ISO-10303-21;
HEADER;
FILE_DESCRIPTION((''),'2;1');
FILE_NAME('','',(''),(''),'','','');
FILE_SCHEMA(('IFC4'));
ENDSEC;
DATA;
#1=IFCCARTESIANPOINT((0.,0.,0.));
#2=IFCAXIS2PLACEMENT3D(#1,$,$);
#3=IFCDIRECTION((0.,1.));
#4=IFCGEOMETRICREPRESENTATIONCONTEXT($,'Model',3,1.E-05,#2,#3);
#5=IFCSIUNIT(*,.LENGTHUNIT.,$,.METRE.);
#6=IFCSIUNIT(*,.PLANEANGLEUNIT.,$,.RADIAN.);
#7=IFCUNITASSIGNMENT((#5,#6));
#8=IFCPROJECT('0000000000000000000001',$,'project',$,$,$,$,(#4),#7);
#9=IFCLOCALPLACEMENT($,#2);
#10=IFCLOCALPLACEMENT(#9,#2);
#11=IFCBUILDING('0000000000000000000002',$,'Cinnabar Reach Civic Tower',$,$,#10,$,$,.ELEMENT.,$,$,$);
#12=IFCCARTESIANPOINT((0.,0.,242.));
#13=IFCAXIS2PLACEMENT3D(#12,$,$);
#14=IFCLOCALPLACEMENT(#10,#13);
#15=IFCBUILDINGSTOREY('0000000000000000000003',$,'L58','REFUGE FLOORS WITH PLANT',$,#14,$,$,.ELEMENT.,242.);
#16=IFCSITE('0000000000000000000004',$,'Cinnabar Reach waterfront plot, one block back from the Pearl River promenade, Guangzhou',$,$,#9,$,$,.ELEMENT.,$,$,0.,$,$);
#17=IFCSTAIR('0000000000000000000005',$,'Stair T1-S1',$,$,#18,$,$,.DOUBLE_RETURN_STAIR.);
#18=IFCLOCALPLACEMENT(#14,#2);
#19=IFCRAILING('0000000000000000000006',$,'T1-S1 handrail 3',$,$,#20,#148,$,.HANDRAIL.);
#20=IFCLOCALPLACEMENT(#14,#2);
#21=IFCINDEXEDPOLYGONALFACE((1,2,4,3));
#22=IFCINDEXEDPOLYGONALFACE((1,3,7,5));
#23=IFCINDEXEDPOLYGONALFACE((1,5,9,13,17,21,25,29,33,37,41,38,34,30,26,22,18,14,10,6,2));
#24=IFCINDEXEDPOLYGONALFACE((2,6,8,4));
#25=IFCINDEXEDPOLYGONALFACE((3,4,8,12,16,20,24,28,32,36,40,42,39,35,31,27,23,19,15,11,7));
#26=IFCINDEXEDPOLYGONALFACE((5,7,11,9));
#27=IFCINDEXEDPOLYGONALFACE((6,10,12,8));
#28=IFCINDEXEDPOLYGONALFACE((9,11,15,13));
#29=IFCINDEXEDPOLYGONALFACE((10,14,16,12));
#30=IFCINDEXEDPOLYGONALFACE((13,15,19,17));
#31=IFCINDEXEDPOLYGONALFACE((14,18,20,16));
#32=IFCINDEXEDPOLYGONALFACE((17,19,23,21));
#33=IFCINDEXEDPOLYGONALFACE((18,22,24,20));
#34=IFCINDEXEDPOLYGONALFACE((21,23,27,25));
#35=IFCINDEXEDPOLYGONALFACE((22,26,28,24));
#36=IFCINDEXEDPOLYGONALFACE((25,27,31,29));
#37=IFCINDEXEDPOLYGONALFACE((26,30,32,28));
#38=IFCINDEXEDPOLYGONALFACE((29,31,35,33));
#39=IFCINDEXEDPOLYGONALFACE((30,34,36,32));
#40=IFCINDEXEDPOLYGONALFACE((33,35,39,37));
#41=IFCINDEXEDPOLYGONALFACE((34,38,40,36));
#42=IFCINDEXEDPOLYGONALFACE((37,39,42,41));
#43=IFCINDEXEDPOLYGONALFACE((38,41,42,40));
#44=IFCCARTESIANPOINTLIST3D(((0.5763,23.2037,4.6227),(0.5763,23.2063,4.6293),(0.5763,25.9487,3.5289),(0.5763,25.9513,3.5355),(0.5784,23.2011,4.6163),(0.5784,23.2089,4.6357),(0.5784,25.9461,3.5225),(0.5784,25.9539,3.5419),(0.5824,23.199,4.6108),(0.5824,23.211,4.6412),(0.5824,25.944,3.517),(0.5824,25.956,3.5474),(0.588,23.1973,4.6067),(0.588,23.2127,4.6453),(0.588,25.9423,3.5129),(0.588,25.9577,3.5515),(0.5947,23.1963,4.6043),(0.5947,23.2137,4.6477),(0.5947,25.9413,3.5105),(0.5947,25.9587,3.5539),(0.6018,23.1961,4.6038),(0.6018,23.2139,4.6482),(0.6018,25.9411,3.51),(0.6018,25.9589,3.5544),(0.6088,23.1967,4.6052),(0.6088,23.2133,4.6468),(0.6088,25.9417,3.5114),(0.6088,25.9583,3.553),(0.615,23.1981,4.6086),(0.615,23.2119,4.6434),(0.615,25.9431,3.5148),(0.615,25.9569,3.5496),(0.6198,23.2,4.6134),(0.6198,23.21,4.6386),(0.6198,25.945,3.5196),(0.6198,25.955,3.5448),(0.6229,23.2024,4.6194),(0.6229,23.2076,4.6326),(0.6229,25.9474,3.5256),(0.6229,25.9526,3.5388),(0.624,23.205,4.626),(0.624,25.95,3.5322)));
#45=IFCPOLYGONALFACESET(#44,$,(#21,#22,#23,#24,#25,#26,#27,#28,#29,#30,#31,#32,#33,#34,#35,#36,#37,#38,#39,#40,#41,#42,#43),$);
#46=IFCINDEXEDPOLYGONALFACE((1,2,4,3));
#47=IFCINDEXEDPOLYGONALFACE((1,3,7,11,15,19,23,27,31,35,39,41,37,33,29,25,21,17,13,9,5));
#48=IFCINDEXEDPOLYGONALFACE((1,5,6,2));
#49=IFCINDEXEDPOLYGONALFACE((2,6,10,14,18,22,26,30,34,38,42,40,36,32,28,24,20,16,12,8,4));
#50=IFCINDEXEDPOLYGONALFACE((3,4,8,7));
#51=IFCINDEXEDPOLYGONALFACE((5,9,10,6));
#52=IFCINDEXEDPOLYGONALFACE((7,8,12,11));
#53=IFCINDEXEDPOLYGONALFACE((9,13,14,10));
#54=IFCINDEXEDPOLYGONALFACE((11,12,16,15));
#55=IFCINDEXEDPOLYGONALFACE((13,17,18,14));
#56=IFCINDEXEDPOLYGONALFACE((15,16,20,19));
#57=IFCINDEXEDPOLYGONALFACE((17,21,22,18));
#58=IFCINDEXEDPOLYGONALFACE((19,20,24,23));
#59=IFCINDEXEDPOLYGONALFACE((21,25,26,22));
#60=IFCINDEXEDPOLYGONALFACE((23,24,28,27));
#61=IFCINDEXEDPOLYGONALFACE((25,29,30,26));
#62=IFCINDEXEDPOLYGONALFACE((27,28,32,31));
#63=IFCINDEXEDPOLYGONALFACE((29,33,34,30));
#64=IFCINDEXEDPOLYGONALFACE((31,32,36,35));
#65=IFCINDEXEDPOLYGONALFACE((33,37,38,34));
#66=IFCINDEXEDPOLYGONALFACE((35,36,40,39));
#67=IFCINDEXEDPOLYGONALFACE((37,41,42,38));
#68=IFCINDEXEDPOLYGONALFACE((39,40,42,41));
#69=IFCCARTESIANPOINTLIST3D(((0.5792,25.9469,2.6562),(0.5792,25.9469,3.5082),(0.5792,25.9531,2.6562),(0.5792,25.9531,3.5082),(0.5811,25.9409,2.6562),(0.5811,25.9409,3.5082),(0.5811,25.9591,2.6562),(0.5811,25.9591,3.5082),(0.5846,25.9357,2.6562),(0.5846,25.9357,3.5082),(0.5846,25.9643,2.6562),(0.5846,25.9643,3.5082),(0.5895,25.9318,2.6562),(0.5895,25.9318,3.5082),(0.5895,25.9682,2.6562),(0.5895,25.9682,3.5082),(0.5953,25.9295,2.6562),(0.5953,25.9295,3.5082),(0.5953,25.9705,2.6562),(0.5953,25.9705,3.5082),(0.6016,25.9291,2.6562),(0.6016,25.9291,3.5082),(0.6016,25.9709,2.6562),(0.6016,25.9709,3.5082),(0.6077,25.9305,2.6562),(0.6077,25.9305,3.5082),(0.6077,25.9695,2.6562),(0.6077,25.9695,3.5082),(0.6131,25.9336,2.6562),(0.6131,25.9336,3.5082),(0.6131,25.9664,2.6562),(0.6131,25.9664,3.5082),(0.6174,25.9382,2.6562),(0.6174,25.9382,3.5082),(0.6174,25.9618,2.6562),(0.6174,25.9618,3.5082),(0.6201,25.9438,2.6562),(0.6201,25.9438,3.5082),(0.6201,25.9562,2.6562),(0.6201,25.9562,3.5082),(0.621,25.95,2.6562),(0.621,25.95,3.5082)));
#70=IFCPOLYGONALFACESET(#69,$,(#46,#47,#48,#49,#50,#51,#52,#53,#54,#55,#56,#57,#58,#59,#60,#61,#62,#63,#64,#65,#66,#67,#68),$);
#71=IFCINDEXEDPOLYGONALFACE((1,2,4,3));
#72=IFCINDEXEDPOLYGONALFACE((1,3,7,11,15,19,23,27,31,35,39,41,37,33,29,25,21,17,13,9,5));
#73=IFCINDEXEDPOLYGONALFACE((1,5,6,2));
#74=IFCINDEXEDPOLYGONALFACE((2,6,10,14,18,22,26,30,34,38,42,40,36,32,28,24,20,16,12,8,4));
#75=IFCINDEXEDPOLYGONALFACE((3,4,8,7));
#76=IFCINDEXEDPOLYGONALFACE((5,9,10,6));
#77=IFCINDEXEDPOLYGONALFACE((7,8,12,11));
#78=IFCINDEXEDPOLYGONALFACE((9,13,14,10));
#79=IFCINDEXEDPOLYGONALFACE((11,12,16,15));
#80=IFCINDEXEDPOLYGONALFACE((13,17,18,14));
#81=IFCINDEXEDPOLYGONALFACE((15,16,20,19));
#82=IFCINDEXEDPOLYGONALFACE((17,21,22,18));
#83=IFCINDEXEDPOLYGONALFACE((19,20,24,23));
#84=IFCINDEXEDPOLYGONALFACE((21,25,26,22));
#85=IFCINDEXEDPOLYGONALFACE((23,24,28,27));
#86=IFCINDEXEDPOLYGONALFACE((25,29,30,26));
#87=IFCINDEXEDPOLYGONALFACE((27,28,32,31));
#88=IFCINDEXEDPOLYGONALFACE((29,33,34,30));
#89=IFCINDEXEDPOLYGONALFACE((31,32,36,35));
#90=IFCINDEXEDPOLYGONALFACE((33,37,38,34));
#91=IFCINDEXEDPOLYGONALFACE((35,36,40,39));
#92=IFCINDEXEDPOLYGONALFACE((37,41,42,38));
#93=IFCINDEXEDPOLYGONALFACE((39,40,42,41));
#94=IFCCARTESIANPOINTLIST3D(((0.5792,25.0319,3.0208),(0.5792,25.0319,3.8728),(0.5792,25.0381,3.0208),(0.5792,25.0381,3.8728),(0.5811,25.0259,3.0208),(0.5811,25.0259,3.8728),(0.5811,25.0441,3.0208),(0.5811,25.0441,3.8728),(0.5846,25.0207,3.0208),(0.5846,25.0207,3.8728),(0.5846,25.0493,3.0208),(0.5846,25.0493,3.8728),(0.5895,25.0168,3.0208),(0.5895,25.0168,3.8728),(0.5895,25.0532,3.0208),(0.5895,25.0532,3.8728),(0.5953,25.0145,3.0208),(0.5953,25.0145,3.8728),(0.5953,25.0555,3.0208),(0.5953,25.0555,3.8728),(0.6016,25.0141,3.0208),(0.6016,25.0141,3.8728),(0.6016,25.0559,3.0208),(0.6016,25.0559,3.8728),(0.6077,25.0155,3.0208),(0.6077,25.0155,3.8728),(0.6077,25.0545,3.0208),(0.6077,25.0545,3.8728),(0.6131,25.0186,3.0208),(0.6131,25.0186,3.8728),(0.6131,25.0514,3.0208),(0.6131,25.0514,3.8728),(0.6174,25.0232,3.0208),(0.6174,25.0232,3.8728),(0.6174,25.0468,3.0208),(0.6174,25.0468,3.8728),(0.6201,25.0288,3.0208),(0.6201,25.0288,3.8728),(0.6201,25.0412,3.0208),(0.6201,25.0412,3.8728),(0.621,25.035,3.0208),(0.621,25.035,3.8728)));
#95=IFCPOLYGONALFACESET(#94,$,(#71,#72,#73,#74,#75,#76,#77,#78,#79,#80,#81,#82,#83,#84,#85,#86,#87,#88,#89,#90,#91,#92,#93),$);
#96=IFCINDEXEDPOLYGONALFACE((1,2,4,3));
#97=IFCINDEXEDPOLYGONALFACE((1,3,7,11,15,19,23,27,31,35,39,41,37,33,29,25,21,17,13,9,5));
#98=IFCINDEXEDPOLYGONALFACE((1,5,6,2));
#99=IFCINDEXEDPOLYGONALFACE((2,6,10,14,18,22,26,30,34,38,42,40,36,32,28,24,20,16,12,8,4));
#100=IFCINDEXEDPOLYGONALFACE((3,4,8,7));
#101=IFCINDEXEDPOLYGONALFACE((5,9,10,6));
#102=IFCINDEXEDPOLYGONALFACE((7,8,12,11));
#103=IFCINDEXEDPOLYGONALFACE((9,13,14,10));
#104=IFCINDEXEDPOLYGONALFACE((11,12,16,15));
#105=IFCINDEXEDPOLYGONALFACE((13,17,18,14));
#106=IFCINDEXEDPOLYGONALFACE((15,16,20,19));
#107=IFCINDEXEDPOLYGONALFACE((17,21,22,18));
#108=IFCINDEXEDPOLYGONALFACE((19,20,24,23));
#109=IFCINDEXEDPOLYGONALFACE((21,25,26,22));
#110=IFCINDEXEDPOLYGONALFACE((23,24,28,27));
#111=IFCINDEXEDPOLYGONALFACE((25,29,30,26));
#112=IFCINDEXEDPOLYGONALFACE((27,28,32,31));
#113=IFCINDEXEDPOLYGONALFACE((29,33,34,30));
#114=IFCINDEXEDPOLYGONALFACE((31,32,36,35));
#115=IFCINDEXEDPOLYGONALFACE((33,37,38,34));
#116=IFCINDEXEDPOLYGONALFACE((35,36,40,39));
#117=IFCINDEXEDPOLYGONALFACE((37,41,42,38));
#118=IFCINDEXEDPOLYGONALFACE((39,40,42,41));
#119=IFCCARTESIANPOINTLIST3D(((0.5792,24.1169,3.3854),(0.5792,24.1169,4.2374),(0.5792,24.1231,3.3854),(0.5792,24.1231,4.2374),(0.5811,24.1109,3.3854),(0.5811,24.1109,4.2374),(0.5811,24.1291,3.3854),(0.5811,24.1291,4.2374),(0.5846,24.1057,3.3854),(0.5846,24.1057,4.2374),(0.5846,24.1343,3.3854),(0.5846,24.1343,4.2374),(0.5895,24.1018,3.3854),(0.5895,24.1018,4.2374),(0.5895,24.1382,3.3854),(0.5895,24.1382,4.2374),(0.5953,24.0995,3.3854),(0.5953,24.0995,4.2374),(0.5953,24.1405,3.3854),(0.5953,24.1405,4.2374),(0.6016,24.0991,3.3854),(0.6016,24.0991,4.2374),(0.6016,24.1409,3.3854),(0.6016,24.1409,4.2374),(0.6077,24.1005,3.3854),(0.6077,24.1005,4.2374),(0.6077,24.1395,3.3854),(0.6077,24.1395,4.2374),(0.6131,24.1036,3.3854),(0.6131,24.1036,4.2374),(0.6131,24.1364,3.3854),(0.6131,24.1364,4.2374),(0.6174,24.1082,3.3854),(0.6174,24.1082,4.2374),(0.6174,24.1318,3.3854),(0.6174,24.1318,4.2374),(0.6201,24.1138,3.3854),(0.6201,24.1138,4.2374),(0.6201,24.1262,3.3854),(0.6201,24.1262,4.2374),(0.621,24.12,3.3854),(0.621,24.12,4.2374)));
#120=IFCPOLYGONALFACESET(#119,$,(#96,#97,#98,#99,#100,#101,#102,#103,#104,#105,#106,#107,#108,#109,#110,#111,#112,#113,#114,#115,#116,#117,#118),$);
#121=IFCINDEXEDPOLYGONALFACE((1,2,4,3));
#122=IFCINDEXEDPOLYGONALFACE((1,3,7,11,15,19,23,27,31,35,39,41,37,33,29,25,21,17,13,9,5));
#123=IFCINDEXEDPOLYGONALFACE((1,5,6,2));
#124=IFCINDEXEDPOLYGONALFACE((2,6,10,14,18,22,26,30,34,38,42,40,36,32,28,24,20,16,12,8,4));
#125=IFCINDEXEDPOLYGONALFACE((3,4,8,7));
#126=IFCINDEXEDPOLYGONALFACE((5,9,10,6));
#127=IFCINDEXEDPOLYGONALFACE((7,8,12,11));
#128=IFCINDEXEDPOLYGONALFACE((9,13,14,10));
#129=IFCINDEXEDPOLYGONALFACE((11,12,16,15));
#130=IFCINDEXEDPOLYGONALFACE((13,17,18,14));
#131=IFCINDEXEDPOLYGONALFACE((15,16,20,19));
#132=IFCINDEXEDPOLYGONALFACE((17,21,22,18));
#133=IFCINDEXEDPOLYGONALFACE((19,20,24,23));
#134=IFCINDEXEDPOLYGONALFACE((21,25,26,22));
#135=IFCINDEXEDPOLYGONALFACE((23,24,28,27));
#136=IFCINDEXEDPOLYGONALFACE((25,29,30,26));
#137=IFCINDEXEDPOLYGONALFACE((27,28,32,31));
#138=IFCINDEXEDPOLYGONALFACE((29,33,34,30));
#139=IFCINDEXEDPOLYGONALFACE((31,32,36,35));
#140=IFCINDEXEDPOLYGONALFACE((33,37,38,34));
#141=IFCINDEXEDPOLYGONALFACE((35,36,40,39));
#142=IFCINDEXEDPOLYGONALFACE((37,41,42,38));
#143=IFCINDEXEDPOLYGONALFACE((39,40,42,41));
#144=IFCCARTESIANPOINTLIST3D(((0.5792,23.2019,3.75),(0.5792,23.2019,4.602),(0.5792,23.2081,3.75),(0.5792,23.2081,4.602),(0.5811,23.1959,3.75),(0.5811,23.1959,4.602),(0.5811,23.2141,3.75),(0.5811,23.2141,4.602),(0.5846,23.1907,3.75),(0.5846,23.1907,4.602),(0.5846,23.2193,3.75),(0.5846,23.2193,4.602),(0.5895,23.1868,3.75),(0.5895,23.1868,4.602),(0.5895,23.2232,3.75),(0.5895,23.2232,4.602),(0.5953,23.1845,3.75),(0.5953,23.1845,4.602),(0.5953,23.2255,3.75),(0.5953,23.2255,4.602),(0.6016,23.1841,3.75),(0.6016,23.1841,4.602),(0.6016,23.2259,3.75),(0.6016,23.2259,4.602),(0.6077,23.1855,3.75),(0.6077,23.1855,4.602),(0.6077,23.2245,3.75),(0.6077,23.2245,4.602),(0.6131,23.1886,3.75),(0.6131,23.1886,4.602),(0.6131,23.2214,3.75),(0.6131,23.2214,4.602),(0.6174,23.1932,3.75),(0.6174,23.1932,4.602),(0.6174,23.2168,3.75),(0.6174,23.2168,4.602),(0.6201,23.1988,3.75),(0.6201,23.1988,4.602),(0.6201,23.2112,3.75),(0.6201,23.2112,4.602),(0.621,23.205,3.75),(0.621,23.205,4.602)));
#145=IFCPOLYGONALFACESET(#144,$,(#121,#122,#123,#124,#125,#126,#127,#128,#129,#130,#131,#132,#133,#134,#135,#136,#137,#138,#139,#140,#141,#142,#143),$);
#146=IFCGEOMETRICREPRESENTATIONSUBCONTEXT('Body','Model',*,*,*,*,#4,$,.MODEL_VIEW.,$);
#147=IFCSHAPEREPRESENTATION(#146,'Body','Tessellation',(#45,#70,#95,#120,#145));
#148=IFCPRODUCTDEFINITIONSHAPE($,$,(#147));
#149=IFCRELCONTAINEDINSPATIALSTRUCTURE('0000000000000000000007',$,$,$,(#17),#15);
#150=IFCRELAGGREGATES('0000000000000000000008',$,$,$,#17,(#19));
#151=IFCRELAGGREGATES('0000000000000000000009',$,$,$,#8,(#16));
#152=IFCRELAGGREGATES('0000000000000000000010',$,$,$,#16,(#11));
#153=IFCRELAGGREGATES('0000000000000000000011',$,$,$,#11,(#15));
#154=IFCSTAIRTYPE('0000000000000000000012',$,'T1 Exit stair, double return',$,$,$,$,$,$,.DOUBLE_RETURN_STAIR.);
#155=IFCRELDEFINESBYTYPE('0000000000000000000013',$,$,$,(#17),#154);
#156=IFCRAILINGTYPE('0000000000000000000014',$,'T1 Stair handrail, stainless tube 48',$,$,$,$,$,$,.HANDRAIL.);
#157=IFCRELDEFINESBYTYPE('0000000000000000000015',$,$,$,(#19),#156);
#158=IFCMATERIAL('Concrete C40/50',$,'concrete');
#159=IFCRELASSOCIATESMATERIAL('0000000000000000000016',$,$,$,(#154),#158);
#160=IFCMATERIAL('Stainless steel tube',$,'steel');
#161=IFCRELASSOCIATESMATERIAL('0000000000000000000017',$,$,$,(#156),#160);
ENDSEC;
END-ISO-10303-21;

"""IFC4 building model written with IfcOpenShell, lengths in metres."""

from ifc_helpers import new_model, si_unit, direction, frame, origin, origin_2d, place, context, subcontext, project, spatial, circle, extrude, material, type_object, element, aggregate, save


model = new_model("IFC4")

# Units and contexts
model_context = context("Model", 3, precision=1e-05, world=origin(), true_north=direction((0.0, 1.0)))
body_context = subcontext(model_context, "Body", "Model", "MODEL_VIEW")
ifc_project = project(units=[si_unit("LENGTHUNIT", "METRE"), si_unit("PLANEANGLEUNIT", "RADIAN")], contexts=[model_context])

# Site, building, storey
site_placement = place(None, origin())
site = spatial("IfcSite", under=ifc_project, at=site_placement, Name="Cinnabar Reach waterfront plot, one block back from the Pearl River promenade, Guangzhou", CompositionType="ELEMENT", RefElevation=0.0)
building_placement = place(site_placement, origin())
building = spatial("IfcBuilding", under=site, at=building_placement, Name="Cinnabar Reach Civic Tower", CompositionType="ELEMENT")
storey_placement = place(building_placement, frame((0.0, 0.0, 242.0)))
storey = spatial("IfcBuildingStorey", under=building, at=storey_placement, Name="L58", Description="REFUGE FLOORS WITH PLANT", CompositionType="ELEMENT", Elevation=242.0)

# Stair, railing
ifc_material_1 = material(Name="Concrete C40/50", Category="concrete")
stair_type = type_object("IfcStairType", Name="T1 Exit stair, double return", PredefinedType="DOUBLE_RETURN_STAIR", material=ifc_material_1)
stair_placement = place(storey_placement, origin())
stair = element("IfcStair", 1, at=stair_placement, inside=storey, type_object=stair_type, Name="Stair T1-S1", PredefinedType="DOUBLE_RETURN_STAIR")
ifc_material_2 = material(Name="Stainless steel tube", Category="steel")
railing_type = type_object("IfcRailingType", Name="T1 Stair handrail, stainless tube 48", PredefinedType="HANDRAIL", material=ifc_material_2)
railing_1_placement = place(storey_placement, frame((0.6, 25.95, 2.6562)))
railing_1 = element("IfcRailing", 2, at=railing_1_placement, type_object=railing_type, Name="T1-S1 handrail 3", PredefinedType="HANDRAIL", context=body_context, shape_type="SweptSolid", body=[
    extrude(circle(Radius=0.024, at=origin_2d()), frame((0.0, 0.0, 0.876), z_axis=(0.0, -0.928966, 0.370165), x_axis=(1.0, 0.0, 0.0)), (0.0, 0.0, 1.0), 2.9549),
    extrude(circle(Radius=0.021, at=origin_2d()), origin(), (0.0, 0.0, 1.0), 0.852),
    extrude(circle(Radius=0.021, at=origin_2d()), frame((0.0, -0.915, 0.3646)), (0.0, 0.0, 1.0), 0.852),
    extrude(circle(Radius=0.021, at=origin_2d()), frame((0.0, -1.83, 0.7292)), (0.0, 0.0, 1.0), 0.852),
    extrude(circle(Radius=0.021, at=origin_2d()), frame((0.0, -2.745, 1.0938)), (0.0, 0.0, 1.0), 0.852),
])
aggregate(stair, [railing_1])

save(model, "model.ifc")
